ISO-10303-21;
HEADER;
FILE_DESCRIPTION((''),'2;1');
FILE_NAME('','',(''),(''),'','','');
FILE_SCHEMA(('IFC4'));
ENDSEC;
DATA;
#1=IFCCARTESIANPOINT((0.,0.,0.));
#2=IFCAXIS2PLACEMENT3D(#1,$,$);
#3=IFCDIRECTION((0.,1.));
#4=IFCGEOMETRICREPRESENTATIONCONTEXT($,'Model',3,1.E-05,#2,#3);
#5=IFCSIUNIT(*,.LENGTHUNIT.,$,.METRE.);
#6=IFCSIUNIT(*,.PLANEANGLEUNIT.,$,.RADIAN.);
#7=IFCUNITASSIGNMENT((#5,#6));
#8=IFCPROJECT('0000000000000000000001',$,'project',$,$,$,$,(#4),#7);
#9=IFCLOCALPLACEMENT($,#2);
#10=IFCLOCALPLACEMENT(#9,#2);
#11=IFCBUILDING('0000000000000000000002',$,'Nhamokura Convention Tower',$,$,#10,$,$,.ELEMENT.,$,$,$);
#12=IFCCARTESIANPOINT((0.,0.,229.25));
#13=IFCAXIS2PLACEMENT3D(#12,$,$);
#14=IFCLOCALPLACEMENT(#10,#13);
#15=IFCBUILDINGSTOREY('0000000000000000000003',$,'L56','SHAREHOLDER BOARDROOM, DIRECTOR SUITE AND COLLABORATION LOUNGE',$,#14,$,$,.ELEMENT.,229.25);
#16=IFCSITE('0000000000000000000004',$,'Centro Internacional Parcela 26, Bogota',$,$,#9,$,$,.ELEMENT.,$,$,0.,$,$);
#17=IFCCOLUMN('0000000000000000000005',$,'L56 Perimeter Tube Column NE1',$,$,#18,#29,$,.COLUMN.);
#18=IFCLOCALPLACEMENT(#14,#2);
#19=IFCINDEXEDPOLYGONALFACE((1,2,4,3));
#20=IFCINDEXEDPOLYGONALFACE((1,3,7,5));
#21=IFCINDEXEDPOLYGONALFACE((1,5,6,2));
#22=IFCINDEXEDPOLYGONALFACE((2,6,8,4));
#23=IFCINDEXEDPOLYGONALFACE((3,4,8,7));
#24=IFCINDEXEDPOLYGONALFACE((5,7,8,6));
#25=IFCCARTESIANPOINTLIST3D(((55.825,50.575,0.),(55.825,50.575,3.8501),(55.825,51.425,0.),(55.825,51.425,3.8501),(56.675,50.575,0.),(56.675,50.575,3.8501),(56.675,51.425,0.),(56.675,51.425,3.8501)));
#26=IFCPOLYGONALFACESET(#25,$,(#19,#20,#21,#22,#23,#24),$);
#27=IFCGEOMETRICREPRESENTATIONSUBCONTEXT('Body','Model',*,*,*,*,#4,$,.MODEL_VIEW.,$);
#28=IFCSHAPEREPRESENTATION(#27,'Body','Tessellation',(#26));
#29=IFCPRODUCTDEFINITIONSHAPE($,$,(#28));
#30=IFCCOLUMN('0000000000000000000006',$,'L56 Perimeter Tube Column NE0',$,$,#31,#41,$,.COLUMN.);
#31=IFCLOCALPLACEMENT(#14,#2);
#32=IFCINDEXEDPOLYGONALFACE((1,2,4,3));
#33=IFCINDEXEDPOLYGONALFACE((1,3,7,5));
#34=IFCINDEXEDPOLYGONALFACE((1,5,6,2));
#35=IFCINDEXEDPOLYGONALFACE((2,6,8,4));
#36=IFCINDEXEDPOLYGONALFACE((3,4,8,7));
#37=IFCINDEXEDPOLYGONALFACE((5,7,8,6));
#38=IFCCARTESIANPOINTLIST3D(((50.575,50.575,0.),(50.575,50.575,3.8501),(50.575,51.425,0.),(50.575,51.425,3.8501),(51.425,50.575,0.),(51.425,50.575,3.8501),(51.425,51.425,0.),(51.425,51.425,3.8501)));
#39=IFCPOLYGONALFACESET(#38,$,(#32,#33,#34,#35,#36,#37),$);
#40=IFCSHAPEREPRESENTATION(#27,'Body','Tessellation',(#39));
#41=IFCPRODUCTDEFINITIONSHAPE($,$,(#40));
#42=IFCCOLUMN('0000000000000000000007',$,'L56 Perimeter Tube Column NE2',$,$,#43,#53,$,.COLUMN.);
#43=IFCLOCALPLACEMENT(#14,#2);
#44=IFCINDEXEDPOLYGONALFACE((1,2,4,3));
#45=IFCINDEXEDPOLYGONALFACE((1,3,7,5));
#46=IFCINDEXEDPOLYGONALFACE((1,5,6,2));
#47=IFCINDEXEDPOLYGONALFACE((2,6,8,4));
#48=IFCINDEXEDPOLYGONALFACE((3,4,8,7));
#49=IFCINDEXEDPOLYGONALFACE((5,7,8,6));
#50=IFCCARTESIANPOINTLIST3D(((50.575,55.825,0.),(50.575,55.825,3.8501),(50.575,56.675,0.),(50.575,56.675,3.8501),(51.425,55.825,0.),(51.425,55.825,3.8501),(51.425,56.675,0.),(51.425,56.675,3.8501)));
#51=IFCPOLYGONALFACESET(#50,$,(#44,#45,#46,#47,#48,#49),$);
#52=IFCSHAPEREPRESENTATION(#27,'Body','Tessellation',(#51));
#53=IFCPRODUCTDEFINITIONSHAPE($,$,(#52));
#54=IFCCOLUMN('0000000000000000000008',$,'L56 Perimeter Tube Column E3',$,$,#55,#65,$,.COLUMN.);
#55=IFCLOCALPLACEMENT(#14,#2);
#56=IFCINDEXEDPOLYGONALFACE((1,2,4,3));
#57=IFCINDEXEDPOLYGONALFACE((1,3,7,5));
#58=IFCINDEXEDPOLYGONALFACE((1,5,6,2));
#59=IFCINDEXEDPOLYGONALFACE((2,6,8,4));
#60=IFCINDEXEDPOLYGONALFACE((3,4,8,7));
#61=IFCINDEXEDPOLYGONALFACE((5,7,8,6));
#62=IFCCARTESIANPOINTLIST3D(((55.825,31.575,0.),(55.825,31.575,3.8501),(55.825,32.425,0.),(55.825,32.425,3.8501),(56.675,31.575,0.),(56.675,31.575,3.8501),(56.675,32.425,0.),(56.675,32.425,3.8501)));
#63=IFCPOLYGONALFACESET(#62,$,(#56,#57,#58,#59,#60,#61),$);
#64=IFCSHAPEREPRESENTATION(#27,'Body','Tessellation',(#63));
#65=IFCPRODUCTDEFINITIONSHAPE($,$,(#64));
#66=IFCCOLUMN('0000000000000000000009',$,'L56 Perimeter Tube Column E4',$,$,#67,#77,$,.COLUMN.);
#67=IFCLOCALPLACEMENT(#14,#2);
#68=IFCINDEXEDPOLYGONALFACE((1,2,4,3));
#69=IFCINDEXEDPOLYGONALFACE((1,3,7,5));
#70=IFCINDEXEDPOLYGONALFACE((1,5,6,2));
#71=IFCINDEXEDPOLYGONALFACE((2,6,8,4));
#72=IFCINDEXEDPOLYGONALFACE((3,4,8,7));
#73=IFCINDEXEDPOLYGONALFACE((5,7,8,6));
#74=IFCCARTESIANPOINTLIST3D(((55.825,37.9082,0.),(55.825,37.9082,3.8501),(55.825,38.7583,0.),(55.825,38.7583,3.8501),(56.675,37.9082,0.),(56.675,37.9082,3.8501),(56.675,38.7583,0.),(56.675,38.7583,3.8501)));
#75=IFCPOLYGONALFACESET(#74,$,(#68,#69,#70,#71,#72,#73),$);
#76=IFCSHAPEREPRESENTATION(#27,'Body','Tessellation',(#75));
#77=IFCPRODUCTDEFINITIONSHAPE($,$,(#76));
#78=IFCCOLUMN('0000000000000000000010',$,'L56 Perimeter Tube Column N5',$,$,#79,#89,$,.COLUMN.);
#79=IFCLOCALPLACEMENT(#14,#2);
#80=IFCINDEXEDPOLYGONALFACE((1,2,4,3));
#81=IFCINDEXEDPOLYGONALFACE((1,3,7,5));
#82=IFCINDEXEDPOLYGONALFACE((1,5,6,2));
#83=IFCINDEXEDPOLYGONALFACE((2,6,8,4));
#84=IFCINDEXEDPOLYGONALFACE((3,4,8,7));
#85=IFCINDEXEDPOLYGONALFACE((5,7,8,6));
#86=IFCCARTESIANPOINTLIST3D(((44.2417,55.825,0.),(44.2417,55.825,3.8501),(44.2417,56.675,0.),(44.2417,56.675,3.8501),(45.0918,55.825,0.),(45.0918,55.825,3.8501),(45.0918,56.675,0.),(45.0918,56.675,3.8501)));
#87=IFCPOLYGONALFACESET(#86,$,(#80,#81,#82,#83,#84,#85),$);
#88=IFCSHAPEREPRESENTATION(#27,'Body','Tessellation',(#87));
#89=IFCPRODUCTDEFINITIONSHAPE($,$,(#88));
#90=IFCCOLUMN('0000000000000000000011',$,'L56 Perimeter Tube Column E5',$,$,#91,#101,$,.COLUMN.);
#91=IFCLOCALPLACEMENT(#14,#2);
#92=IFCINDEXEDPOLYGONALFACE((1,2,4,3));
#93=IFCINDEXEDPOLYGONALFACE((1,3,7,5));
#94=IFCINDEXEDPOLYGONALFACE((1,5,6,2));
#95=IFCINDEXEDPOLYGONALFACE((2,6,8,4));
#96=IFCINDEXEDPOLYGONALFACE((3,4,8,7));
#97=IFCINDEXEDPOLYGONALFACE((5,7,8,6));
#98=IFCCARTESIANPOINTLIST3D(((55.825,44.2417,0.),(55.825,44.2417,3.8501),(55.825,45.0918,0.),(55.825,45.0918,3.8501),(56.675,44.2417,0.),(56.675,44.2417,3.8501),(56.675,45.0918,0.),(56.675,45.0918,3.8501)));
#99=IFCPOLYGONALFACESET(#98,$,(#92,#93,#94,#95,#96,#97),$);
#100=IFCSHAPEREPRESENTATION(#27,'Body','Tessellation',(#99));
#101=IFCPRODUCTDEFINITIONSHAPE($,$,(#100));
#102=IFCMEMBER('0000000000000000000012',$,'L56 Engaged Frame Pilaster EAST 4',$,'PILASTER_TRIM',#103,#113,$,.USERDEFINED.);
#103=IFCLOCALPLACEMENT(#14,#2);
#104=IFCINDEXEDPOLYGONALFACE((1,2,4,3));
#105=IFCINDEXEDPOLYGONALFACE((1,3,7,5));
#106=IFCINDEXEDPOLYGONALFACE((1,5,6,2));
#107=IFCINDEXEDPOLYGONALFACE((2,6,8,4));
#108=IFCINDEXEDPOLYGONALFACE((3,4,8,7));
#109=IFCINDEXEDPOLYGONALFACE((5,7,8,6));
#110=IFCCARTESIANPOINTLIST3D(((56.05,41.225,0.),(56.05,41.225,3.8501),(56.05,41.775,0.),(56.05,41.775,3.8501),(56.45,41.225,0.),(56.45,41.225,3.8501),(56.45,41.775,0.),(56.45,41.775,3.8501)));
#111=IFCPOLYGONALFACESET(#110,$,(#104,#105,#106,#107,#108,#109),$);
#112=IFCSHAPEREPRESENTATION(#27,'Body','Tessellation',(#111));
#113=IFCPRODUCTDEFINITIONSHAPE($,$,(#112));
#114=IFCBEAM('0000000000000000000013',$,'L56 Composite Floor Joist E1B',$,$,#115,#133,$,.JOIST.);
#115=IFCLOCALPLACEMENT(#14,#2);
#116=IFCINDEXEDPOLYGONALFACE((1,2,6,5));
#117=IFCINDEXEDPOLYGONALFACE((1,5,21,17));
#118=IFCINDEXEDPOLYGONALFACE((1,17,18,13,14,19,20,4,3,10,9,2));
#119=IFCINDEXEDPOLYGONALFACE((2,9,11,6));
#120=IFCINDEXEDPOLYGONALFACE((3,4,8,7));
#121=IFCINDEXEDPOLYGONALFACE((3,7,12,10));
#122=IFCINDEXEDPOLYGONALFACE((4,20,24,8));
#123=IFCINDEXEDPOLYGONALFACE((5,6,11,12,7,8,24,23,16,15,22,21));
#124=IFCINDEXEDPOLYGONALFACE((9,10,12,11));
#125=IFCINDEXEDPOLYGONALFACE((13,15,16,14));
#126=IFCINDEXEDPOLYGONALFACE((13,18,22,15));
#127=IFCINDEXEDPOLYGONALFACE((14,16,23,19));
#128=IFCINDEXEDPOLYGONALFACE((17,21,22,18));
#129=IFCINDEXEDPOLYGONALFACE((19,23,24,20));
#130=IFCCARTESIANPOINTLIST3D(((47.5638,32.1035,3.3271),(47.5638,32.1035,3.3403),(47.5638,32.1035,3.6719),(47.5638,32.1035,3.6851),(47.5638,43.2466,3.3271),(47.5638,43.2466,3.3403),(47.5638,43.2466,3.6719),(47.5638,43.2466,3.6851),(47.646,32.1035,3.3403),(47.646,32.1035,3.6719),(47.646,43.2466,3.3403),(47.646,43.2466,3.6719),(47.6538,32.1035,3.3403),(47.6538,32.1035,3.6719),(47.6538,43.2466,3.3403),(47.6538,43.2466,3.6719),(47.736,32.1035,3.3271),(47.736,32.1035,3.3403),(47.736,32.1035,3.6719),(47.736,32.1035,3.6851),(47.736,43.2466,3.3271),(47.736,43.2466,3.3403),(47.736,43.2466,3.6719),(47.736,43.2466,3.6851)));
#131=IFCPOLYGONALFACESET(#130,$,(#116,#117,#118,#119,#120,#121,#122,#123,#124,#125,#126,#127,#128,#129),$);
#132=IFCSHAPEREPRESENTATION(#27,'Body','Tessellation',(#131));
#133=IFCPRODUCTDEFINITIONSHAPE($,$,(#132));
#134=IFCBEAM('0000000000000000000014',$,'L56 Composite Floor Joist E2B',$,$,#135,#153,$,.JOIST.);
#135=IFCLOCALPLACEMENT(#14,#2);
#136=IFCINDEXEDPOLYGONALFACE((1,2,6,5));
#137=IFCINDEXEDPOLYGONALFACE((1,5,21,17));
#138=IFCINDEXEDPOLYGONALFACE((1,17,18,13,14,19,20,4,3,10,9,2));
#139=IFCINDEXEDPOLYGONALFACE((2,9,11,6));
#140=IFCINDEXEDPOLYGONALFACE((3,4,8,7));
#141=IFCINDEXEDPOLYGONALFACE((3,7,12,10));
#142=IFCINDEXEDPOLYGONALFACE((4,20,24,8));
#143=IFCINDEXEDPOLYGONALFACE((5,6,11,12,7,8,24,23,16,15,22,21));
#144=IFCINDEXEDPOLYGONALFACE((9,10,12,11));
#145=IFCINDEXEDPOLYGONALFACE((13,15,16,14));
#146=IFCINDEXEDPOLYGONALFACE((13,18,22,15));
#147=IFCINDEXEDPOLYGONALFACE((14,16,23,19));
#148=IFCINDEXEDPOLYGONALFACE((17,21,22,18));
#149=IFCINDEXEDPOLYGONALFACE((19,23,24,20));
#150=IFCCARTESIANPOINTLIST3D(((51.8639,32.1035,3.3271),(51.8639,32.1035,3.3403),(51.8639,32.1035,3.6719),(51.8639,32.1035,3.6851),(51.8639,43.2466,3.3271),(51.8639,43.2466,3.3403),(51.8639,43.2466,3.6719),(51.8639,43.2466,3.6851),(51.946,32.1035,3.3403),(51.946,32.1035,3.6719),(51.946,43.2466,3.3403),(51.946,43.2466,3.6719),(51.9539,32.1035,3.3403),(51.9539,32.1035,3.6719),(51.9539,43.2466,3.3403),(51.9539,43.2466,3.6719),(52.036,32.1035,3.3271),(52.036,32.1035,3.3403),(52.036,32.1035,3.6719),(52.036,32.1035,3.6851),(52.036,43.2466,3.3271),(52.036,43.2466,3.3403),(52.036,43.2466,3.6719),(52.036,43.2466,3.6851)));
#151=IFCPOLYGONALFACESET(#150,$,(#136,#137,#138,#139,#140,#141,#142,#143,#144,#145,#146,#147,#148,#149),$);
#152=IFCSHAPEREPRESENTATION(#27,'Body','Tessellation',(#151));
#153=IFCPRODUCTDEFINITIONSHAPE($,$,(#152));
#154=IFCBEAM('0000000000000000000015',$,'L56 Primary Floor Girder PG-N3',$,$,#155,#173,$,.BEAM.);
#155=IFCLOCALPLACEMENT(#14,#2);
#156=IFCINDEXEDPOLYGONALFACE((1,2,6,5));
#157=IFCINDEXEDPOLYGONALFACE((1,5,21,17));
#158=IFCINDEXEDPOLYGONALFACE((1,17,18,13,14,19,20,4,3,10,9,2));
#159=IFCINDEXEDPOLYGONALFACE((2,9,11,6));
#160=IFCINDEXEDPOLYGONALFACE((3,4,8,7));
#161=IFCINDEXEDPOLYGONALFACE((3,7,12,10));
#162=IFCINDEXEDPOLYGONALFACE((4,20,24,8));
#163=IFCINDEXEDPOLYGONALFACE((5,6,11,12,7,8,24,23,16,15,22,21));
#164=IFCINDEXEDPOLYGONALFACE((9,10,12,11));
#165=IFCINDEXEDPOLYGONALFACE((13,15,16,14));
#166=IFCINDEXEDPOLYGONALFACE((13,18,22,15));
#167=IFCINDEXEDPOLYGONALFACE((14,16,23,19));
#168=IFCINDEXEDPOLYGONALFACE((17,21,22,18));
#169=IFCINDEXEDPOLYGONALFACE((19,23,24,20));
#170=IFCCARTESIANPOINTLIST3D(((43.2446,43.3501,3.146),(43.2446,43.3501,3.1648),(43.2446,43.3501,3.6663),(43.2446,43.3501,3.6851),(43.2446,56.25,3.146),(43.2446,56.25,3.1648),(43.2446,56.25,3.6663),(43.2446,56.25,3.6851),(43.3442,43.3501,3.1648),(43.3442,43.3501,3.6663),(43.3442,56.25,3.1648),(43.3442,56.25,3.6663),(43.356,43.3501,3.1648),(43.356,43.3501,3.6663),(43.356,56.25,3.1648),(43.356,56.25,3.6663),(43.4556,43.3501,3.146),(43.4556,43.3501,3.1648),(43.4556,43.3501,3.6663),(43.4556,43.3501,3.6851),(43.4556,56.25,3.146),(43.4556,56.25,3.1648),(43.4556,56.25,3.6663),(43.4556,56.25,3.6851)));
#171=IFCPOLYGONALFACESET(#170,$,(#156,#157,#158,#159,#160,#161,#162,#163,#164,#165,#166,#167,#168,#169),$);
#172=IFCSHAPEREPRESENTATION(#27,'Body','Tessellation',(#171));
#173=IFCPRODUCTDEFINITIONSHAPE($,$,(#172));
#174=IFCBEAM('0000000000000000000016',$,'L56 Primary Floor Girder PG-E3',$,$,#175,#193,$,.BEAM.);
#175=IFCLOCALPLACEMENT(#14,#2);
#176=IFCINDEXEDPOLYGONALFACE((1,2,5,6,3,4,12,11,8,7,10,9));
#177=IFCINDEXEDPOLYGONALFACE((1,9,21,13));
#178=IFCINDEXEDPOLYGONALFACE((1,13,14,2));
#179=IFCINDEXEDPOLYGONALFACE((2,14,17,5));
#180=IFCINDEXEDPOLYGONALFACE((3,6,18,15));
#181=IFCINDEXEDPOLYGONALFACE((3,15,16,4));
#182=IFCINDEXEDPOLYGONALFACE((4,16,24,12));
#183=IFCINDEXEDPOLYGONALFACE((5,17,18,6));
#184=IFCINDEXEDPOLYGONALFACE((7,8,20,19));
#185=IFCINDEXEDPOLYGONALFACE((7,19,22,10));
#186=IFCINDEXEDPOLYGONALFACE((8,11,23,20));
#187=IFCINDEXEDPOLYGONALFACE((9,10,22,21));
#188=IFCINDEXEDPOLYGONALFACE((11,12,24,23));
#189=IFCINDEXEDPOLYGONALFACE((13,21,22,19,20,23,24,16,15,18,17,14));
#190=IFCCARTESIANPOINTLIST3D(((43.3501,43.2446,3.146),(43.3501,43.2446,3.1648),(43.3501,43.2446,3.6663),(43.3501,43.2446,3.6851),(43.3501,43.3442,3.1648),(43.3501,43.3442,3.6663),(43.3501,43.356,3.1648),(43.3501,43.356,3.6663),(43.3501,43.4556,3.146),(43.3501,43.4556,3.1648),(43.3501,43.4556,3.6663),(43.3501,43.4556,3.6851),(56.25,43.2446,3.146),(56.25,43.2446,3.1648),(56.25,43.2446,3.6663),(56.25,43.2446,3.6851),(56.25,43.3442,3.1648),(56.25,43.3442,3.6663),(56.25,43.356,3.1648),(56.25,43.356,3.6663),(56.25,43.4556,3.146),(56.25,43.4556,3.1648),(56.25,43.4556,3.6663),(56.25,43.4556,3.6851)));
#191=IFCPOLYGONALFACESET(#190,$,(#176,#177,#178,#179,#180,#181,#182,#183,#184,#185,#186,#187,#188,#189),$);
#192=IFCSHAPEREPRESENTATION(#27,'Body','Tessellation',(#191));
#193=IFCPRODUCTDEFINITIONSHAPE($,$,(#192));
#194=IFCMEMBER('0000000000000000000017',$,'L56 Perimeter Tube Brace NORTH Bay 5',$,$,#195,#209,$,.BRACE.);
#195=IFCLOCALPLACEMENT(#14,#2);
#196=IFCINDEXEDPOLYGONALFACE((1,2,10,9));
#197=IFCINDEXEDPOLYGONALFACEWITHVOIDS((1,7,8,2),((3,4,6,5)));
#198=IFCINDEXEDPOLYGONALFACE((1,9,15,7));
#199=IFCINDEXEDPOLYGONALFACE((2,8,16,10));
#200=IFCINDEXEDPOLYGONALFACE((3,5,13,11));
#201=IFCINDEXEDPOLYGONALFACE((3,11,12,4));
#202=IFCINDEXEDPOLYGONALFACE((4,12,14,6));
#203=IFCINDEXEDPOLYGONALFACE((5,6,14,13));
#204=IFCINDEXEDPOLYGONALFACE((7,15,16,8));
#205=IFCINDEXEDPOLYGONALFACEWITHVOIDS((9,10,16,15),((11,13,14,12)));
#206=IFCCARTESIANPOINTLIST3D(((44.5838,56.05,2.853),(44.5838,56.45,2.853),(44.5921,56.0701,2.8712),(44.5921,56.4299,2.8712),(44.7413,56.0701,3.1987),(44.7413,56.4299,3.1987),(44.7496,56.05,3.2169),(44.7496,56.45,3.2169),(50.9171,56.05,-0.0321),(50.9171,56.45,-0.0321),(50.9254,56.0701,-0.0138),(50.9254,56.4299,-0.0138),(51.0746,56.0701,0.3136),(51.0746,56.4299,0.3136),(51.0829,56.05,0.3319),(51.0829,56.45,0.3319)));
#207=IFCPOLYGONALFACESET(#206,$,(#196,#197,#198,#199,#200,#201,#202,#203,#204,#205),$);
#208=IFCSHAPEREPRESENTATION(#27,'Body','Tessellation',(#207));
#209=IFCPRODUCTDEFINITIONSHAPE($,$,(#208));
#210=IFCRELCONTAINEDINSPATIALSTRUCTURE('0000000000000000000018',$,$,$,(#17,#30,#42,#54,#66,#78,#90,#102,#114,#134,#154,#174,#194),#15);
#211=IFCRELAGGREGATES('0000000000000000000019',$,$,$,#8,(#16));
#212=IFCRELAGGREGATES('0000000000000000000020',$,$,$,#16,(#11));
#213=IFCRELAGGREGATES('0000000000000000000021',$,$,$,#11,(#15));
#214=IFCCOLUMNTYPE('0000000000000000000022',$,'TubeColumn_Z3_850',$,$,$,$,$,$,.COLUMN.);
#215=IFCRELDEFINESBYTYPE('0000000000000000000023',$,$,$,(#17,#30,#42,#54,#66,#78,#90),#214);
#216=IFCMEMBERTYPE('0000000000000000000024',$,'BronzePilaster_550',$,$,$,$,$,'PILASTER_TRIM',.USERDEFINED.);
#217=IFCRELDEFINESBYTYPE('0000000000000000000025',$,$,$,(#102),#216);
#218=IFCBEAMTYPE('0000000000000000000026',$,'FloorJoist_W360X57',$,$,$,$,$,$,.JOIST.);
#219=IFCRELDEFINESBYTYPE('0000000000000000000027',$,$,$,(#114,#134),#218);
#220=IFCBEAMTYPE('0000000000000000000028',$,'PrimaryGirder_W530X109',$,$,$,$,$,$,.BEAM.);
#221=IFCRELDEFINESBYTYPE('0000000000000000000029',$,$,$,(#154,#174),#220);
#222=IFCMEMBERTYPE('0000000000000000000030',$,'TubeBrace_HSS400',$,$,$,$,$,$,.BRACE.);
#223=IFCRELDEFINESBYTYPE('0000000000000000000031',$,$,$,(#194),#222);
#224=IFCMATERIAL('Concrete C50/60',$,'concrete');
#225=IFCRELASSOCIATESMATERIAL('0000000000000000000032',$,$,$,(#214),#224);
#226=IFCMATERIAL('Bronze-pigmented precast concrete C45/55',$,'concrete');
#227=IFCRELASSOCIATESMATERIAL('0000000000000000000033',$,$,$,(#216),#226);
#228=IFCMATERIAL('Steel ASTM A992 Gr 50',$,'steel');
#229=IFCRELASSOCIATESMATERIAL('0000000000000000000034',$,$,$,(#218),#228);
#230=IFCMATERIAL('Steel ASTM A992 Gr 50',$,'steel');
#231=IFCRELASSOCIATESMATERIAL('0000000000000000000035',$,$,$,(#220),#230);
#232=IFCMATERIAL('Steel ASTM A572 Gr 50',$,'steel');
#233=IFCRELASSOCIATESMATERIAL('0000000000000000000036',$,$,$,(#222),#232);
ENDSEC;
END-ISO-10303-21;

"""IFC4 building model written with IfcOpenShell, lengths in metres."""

from ifc_helpers import new_model, si_unit, direction, frame, origin, origin_2d, place, context, subcontext, project, spatial, rectangle, hollow_rectangle, i_section, extrude, material, material_profile, profile_set, type_object, element, save


model = new_model("IFC4")

# Units and contexts
model_context = context("Model", 3, precision=1e-05, world=origin(), true_north=direction((0.0, 1.0)))
body_context = subcontext(model_context, "Body", "Model", "MODEL_VIEW")
ifc_project = project(units=[si_unit("LENGTHUNIT", "METRE"), si_unit("PLANEANGLEUNIT", "RADIAN")], contexts=[model_context])

# Site, building, storey
site_placement = place(None, origin())
site = spatial("IfcSite", under=ifc_project, at=site_placement, Name="Centro Internacional Parcela 26, Bogota", CompositionType="ELEMENT", RefElevation=0.0)
building_placement = place(site_placement, origin())
building = spatial("IfcBuilding", under=site, at=building_placement, Name="Nhamokura Convention Tower", CompositionType="ELEMENT")
storey_placement = place(building_placement, frame((0.0, 0.0, 229.25)))
storey = spatial("IfcBuildingStorey", under=building, at=storey_placement, Name="L56", Description="SHAREHOLDER BOARDROOM, DIRECTOR SUITE AND COLLABORATION LOUNGE", CompositionType="ELEMENT", Elevation=229.25)

# Columns
ifc_material_1 = material(Name="Concrete C50/60", Category="concrete")
ifc_material_profile_1 = material_profile(ifc_material_1, rectangle(XDim=0.8501, YDim=0.8501, at=origin_2d()))
ifc_profile_set_1 = profile_set([ifc_material_profile_1], Name="Concrete C50/60")
column_type = type_object("IfcColumnType", Name="TubeColumn_Z3_850", PredefinedType="COLUMN", material=ifc_profile_set_1)
for number, where, z_axis, x_axis, name in (
    (1, (56.25, 51.0, 0.0), (0.0, 0.0, 1.0), (1.0, 0.0, 0.0), "L56 Perimeter Tube Column NE1"),
    (2, (51.0, 51.0, 0.0), (0.0, 0.0, 1.0), (1.0, 0.0, 0.0), "L56 Perimeter Tube Column NE0"),
    (3, (51.0, 56.25, 0.0), (0.0, 0.0, 1.0), (1.0, 0.0, 0.0), "L56 Perimeter Tube Column NE2"),
    (4, (56.25, 32.0, 0.0), (0.0, 0.0, 1.0), (1.0, 0.0, 0.0), "L56 Perimeter Tube Column E3"),
    (5, (56.25, 38.3333, 0.0), (0.0, 0.0, 1.0), (1.0, 0.0, 0.0), "L56 Perimeter Tube Column E4"),
    (6, (44.6667, 56.25, 0.0), (0.0, 0.0, 1.0), (1.0, 0.0, 0.0), "L56 Perimeter Tube Column N5"),
    (7, (56.25, 44.6667, 0.0), (0.0, 0.0, 1.0), (1.0, 0.0, 0.0), "L56 Perimeter Tube Column E5"),
):
    element("IfcColumn", number, at=place(storey_placement, frame(where, z_axis=z_axis, x_axis=x_axis)), inside=storey, type_object=column_type, Name=name, PredefinedType="COLUMN", context=body_context, shape_type="SweptSolid", body=[
        extrude(rectangle(XDim=0.8501, YDim=0.8501, at=origin_2d()), origin(), (0.0, 0.0, 1.0), 3.8501),
    ])

# Member
ifc_material_2 = material(Name="Bronze-pigmented precast concrete C45/55", Category="concrete")
ifc_material_profile_2 = material_profile(ifc_material_2, rectangle(XDim=0.3999, YDim=0.55, at=origin_2d()))
ifc_profile_set_2 = profile_set([ifc_material_profile_2], Name="Bronze-pigmented precast concrete C45/55")
member_type_1 = type_object("IfcMemberType", Name="BronzePilaster_550", ElementType="PILASTER_TRIM", PredefinedType="USERDEFINED", material=ifc_profile_set_2)
member_placement = place(storey_placement, frame((56.25, 41.5, 0.0), z_axis=(0.0, 0.0, 1.0), x_axis=(1.0, 0.0, 0.0)))
element("IfcMember", 8, at=member_placement, inside=storey, type_object=member_type_1, Name="L56 Engaged Frame Pilaster EAST 4", ObjectType="PILASTER_TRIM", PredefinedType="USERDEFINED", context=body_context, shape_type="SweptSolid", body=[
    extrude(rectangle(XDim=0.3999, YDim=0.55, at=origin_2d()), origin(), (0.0, 0.0, 1.0), 3.8501),
])

# Beams
ifc_material_3 = material(Name="Steel ASTM A992 Gr 50", Category="steel")
ifc_material_profile_3 = material_profile(ifc_material_3, i_section(OverallWidth=0.1721, OverallDepth=0.3579, WebThickness=0.0078, FlangeThickness=0.0132, at=origin_2d()))
ifc_profile_set_3 = profile_set([ifc_material_profile_3], Name="Steel ASTM A992 Gr 50")
beam_type_1 = type_object("IfcBeamType", Name="FloorJoist_W360X57", PredefinedType="JOIST", material=ifc_profile_set_3)
for number, where, z_axis, x_axis, name in (
    (9, (47.6499, 32.1035, 3.5061), (0.0, 1.0, 0.0), (-1.0, 0.0, 0.0), "L56 Composite Floor Joist E1B"),
    (10, (51.95, 32.1035, 3.5061), (0.0, 1.0, 0.0), (-1.0, 0.0, 0.0), "L56 Composite Floor Joist E2B"),
):
    element("IfcBeam", number, at=place(storey_placement, frame(where, z_axis=z_axis, x_axis=x_axis)), inside=storey, type_object=beam_type_1, Name=name, PredefinedType="JOIST", context=body_context, shape_type="SweptSolid", body=[
        extrude(i_section(OverallWidth=0.1721, OverallDepth=0.3579, WebThickness=0.0078, FlangeThickness=0.0132, at=origin_2d()), origin(), (0.0, 0.0, 1.0), 11.1431),
    ])
ifc_material_4 = material(Name="Steel ASTM A992 Gr 50", Category="steel")
ifc_material_profile_4 = material_profile(ifc_material_4, i_section(OverallWidth=0.2109, OverallDepth=0.5391, WebThickness=0.0117, FlangeThickness=0.0188, at=origin_2d()))
ifc_profile_set_4 = profile_set([ifc_material_profile_4], Name="Steel ASTM A992 Gr 50")
beam_type_2 = type_object("IfcBeamType", Name="PrimaryGirder_W530X109", PredefinedType="BEAM", material=ifc_profile_set_4)
for number, where, z_axis, x_axis, name in (
    (11, (43.3501, 43.3501, 3.4155), (0.0, 1.0, 0.0), (-1.0, 0.0, 0.0), "L56 Primary Floor Girder PG-N3"),
    (12, (43.3501, 43.3501, 3.4155), (1.0, 0.0, 0.0), (0.0, 1.0, 0.0), "L56 Primary Floor Girder PG-E3"),
):
    element("IfcBeam", number, at=place(storey_placement, frame(where, z_axis=z_axis, x_axis=x_axis)), inside=storey, type_object=beam_type_2, Name=name, PredefinedType="BEAM", context=body_context, shape_type="SweptSolid", body=[
        extrude(i_section(OverallWidth=0.2109, OverallDepth=0.5391, WebThickness=0.0117, FlangeThickness=0.0188, at=origin_2d()), origin(), (0.0, 0.0, 1.0), 12.8999),
    ])

# Member
ifc_material_5 = material(Name="Steel ASTM A572 Gr 50", Category="steel")
ifc_material_profile_5 = material_profile(ifc_material_5, hollow_rectangle(XDim=0.3999, YDim=0.3999, WallThickness=0.02, at=origin_2d()))
ifc_profile_set_5 = profile_set([ifc_material_profile_5], Name="Steel ASTM A572 Gr 50")
member_type_2 = type_object("IfcMemberType", Name="TubeBrace_HSS400", PredefinedType="BRACE", material=ifc_profile_set_5)
for number, where, z_axis, x_axis, name in (
    (13, (51.0, 56.25, 0.1499), (-0.910027, 0.0, 0.414548), (0.0, -1.0, 0.0), "L56 Perimeter Tube Brace NORTH Bay 5"),
):
    element("IfcMember", number, at=place(storey_placement, frame(where, z_axis=z_axis, x_axis=x_axis)), inside=storey, type_object=member_type_2, Name=name, PredefinedType="BRACE", context=body_context, shape_type="SweptSolid", body=[
        extrude(hollow_rectangle(XDim=0.3999, YDim=0.3999, WallThickness=0.02, at=origin_2d()), origin(), (0.0, 0.0, 1.0), 6.9595),
    ])

save(model, "model.ifc")
